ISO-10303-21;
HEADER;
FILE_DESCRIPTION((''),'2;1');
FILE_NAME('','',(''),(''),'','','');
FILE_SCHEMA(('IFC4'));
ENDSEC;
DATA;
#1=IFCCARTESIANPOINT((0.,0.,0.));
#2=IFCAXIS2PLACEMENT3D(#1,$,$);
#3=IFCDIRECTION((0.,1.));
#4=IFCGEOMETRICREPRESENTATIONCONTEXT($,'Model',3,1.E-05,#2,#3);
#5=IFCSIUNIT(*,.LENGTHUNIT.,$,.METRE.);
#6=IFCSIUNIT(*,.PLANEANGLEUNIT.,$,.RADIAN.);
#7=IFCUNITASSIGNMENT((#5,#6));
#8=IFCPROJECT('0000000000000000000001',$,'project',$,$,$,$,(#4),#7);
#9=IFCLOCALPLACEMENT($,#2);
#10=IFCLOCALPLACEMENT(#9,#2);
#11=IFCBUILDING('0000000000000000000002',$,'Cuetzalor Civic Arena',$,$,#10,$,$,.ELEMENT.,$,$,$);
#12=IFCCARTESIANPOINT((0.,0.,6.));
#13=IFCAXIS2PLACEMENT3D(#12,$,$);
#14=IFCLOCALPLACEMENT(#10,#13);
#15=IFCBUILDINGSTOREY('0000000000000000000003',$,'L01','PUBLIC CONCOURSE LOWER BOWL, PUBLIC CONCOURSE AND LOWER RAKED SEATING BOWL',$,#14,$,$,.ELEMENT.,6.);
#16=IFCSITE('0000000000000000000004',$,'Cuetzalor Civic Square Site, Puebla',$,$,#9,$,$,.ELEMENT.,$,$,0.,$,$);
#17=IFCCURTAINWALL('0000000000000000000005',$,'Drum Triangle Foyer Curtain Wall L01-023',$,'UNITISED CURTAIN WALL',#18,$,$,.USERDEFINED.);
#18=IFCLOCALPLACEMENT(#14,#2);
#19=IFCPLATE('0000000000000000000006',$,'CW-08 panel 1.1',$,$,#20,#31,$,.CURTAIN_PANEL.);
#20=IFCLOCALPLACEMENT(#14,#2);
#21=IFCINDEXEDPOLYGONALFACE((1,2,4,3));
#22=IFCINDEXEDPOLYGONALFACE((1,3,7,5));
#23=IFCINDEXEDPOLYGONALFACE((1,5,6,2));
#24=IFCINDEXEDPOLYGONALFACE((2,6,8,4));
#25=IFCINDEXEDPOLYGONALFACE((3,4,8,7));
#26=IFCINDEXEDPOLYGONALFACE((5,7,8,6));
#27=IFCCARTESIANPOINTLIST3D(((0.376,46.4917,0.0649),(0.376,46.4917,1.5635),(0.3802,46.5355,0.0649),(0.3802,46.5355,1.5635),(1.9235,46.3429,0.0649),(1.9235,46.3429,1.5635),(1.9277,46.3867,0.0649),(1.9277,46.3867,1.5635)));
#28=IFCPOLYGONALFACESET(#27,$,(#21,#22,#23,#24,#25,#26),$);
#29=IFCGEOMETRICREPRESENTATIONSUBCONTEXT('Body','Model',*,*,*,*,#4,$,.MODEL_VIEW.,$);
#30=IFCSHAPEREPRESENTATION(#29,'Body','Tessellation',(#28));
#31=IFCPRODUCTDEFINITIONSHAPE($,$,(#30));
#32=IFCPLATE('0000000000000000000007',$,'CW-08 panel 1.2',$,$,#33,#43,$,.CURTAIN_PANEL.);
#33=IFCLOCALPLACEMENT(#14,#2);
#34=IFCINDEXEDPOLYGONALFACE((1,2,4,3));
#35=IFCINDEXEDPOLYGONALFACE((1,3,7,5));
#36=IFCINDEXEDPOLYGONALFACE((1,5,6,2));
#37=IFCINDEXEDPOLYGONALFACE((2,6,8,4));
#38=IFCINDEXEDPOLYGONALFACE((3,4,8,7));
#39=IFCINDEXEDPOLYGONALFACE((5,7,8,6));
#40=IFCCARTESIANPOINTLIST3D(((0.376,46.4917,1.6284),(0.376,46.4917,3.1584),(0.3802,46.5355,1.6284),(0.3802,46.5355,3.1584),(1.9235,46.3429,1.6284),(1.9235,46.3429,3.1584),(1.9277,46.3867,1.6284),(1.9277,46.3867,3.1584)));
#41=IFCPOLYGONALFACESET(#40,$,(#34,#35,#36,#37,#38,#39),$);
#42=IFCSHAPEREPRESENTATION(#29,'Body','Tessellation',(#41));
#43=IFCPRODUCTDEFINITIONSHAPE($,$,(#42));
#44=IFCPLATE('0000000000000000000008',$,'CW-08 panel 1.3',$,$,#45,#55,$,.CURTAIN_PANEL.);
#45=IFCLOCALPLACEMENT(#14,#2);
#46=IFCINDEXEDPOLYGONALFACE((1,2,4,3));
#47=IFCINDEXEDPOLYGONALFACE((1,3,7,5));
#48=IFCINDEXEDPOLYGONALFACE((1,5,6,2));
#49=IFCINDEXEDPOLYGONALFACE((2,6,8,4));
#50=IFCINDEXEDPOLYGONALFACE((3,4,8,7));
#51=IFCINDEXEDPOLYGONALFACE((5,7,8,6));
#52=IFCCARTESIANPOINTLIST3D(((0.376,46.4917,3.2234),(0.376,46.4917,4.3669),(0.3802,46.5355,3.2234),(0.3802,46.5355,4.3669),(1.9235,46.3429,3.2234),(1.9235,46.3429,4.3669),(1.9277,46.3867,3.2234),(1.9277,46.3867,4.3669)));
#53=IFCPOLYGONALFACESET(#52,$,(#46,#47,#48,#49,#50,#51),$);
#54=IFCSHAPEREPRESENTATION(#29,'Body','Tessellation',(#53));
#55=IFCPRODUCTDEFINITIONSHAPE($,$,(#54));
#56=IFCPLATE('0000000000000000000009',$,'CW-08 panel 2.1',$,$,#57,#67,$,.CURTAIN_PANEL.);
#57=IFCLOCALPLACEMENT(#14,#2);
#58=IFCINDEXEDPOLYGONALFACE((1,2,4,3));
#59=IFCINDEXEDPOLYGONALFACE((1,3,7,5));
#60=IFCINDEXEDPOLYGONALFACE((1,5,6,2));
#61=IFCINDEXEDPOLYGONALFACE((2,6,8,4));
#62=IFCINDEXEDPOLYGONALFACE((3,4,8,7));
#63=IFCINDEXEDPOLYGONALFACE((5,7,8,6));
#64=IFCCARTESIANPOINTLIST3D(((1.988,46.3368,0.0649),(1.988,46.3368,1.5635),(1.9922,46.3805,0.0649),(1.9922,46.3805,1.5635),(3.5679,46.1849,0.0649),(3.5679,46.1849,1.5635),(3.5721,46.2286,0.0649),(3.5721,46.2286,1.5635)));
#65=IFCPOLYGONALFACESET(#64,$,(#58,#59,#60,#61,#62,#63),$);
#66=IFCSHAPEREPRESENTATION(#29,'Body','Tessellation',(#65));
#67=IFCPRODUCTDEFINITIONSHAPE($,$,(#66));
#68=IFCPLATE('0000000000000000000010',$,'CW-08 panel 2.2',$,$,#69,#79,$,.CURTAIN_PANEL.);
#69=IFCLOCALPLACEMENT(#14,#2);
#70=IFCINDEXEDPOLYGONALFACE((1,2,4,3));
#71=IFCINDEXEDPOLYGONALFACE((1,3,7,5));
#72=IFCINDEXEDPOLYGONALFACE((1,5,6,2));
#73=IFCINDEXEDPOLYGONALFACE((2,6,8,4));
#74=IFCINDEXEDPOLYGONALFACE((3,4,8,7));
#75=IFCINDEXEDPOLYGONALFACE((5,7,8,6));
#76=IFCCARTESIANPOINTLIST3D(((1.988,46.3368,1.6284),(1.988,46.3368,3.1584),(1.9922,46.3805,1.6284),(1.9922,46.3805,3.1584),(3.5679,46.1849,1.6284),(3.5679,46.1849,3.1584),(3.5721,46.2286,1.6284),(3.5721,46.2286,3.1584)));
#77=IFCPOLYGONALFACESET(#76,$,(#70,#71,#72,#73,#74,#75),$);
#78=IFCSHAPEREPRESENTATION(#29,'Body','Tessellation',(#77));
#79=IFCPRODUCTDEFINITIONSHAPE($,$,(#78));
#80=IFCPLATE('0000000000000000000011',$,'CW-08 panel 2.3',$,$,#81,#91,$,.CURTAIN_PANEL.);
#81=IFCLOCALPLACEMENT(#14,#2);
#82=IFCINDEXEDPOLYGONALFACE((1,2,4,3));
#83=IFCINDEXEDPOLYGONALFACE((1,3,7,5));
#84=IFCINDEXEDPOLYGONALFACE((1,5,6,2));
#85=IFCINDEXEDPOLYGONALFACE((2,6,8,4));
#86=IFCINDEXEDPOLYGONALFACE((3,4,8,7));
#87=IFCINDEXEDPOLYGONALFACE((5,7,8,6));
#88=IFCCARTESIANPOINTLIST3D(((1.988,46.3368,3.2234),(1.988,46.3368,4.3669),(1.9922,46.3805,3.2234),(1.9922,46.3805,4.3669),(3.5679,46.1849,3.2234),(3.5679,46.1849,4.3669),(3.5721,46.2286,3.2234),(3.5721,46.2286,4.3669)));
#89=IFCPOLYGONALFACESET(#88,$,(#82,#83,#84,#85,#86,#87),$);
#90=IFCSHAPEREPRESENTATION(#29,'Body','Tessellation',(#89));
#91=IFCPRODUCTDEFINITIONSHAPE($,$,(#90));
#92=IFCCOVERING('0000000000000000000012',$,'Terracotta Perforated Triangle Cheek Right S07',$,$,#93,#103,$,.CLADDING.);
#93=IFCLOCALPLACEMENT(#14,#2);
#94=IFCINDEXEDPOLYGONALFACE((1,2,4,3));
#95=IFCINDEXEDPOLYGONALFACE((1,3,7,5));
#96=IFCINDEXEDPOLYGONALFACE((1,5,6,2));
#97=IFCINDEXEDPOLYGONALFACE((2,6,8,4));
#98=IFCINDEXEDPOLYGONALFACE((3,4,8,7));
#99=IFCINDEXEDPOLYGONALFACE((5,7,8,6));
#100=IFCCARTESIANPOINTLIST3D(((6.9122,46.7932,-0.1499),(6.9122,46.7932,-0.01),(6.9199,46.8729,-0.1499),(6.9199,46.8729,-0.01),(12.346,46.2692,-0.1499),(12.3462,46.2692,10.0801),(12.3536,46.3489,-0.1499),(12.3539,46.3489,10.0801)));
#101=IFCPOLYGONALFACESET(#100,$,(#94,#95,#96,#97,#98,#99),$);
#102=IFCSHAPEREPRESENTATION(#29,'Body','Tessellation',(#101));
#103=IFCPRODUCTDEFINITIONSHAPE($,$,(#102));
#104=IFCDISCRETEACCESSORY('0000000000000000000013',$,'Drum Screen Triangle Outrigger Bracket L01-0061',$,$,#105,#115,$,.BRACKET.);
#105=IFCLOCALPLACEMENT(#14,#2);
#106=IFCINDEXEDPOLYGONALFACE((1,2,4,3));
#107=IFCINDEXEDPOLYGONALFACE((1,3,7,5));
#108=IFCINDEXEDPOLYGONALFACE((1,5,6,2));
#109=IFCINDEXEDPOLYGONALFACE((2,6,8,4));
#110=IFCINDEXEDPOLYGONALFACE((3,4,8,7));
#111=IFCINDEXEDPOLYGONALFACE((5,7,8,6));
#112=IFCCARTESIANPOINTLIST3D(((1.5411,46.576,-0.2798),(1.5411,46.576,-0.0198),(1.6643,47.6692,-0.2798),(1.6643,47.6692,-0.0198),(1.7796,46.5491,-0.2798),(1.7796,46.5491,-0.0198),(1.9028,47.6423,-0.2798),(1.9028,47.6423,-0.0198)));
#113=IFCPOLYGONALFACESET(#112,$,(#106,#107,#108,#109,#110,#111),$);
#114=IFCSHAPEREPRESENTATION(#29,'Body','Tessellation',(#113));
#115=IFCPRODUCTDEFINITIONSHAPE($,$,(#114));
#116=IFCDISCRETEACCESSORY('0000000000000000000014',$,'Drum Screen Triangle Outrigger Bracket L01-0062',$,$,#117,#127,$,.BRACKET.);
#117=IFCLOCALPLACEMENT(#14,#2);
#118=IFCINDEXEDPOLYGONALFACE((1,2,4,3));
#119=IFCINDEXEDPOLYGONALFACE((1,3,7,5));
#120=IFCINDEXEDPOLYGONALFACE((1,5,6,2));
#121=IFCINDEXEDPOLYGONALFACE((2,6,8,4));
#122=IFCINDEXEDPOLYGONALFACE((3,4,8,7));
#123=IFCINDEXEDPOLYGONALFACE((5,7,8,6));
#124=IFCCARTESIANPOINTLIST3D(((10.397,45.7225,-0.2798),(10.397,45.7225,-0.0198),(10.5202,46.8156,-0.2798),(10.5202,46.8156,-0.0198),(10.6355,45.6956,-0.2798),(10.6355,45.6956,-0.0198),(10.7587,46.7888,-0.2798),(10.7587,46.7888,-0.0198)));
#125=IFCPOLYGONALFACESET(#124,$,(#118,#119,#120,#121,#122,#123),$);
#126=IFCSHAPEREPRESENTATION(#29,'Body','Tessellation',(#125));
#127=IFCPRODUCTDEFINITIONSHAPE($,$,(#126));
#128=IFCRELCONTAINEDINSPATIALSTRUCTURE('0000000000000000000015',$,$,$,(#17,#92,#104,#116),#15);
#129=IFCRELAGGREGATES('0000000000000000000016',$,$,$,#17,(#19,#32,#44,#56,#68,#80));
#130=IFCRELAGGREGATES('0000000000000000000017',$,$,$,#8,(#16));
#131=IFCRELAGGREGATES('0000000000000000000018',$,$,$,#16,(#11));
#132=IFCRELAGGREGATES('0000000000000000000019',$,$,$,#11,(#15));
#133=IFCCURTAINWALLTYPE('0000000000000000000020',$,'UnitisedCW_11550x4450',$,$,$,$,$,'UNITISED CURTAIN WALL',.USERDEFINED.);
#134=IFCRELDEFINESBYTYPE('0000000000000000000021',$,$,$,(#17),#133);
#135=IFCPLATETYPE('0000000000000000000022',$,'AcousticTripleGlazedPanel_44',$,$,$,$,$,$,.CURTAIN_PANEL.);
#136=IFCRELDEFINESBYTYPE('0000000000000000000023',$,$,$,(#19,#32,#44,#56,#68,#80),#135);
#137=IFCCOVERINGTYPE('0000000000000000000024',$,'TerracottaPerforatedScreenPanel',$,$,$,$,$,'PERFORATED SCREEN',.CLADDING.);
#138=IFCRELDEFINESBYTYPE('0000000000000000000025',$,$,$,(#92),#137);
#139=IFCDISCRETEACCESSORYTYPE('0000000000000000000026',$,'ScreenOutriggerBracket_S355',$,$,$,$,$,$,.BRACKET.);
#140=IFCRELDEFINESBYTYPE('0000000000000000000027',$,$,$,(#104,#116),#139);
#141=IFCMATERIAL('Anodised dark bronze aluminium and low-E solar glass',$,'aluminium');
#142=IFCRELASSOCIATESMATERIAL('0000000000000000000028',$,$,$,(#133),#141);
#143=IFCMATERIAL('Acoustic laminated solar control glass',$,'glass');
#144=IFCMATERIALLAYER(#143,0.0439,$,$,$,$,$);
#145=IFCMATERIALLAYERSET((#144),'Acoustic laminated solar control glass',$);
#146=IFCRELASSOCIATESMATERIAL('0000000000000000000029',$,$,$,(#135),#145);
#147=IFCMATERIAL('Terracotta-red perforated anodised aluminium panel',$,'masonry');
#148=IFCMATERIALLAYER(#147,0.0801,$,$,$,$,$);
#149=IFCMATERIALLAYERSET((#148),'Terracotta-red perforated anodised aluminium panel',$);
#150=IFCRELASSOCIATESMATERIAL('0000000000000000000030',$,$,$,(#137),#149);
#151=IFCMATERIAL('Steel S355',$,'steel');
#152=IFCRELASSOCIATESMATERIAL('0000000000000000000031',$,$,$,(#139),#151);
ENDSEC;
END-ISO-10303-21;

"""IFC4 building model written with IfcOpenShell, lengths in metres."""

from ifc_helpers import new_model, si_unit, direction, frame, origin, origin_2d, place, context, subcontext, project, spatial, polyline, rectangle, outline, extrude, material, layer, layer_set, type_object, element, aggregate, save


model = new_model("IFC4")

# Units and contexts
model_context = context("Model", 3, precision=1e-05, world=origin(), true_north=direction((0.0, 1.0)))
body_context = subcontext(model_context, "Body", "Model", "MODEL_VIEW")
ifc_project = project(units=[si_unit("LENGTHUNIT", "METRE"), si_unit("PLANEANGLEUNIT", "RADIAN")], contexts=[model_context])

# Site, building, storey
site_placement = place(None, origin())
site = spatial("IfcSite", under=ifc_project, at=site_placement, Name="Cuetzalor Civic Square Site, Puebla", CompositionType="ELEMENT", RefElevation=0.0)
building_placement = place(site_placement, origin())
building = spatial("IfcBuilding", under=site, at=building_placement, Name="Cuetzalor Civic Arena", CompositionType="ELEMENT")
storey_placement = place(building_placement, frame((0.0, 0.0, 6.0)))
storey = spatial("IfcBuildingStorey", under=building, at=storey_placement, Name="L01", Description="PUBLIC CONCOURSE LOWER BOWL, PUBLIC CONCOURSE AND LOWER RAKED SEATING BOWL", CompositionType="ELEMENT", Elevation=6.0)

# Curtain wall, plates
ifc_material_1 = material(Name="Anodised dark bronze aluminium and low-E solar glass", Category="aluminium")
curtain_wall_type = type_object("IfcCurtainWallType", Name="UnitisedCW_11550x4450", ElementType="UNITISED CURTAIN WALL", PredefinedType="USERDEFINED", material=ifc_material_1)
curtain_wall_placement = place(storey_placement, origin())
curtain_wall = element("IfcCurtainWall", 1, at=curtain_wall_placement, inside=storey, type_object=curtain_wall_type, Name="Drum Triangle Foyer Curtain Wall L01-023", ObjectType="UNITISED CURTAIN WALL", PredefinedType="USERDEFINED")
ifc_material_2 = material(Name="Acoustic laminated solar control glass", Category="glass")
ifc_layer_1 = layer(ifc_material_2, 0.0439)
ifc_layer_set_1 = layer_set([ifc_layer_1], Name="Acoustic laminated solar control glass")
plate_type = type_object("IfcPlateType", Name="AcousticTripleGlazedPanel_44", PredefinedType="CURTAIN_PANEL", material=ifc_layer_set_1)
plate_1_placement = place(storey_placement, frame((1.1519, 46.4392, 0.0649), z_axis=(0.0, 0.0, 1.0), x_axis=(0.995409, -0.095711, 0.0)))
plate_1 = element("IfcPlate", 2, at=plate_1_placement, type_object=plate_type, Name="CW-08 panel 1.1", PredefinedType="CURTAIN_PANEL", context=body_context, shape_type="SweptSolid", body=[
    extrude(rectangle(XDim=1.5547, YDim=0.0439, at=origin_2d()), origin(), (0.0, 0.0, 1.0), 1.4985),
])
plate_2_placement = place(storey_placement, frame((1.1519, 46.4392, 1.6284), z_axis=(0.0, 0.0, 1.0), x_axis=(0.995409, -0.095711, 0.0)))
plate_2 = element("IfcPlate", 3, at=plate_2_placement, type_object=plate_type, Name="CW-08 panel 1.2", PredefinedType="CURTAIN_PANEL", context=body_context, shape_type="SweptSolid", body=[
    extrude(rectangle(XDim=1.5547, YDim=0.0439, at=origin_2d()), origin(), (0.0, 0.0, 1.0), 1.53),
])
plate_3_placement = place(storey_placement, frame((1.1519, 46.4392, 3.2234), z_axis=(0.0, 0.0, 1.0), x_axis=(0.995409, -0.095711, 0.0)))
plate_3 = element("IfcPlate", 4, at=plate_3_placement, type_object=plate_type, Name="CW-08 panel 1.3", PredefinedType="CURTAIN_PANEL", context=body_context, shape_type="SweptSolid", body=[
    extrude(rectangle(XDim=1.5547, YDim=0.0439, at=origin_2d()), origin(), (0.0, 0.0, 1.0), 1.1436),
])
plate_4_placement = place(storey_placement, frame((2.78, 46.2827, 0.0649), z_axis=(0.0, 0.0, 1.0), x_axis=(0.995409, -0.095711, 0.0)))
plate_4 = element("IfcPlate", 5, at=plate_4_placement, type_object=plate_type, Name="CW-08 panel 2.1", PredefinedType="CURTAIN_PANEL", context=body_context, shape_type="SweptSolid", body=[
    extrude(rectangle(XDim=1.5872, YDim=0.0439, at=origin_2d()), origin(), (0.0, 0.0, 1.0), 1.4985),
])
plate_5_placement = place(storey_placement, frame((2.78, 46.2827, 1.6284), z_axis=(0.0, 0.0, 1.0), x_axis=(0.995409, -0.095711, 0.0)))
plate_5 = element("IfcPlate", 6, at=plate_5_placement, type_object=plate_type, Name="CW-08 panel 2.2", PredefinedType="CURTAIN_PANEL", context=body_context, shape_type="SweptSolid", body=[
    extrude(rectangle(XDim=1.5872, YDim=0.0439, at=origin_2d()), origin(), (0.0, 0.0, 1.0), 1.53),
])
plate_6_placement = place(storey_placement, frame((2.78, 46.2827, 3.2234), z_axis=(0.0, 0.0, 1.0), x_axis=(0.995409, -0.095711, 0.0)))
plate_6 = element("IfcPlate", 7, at=plate_6_placement, type_object=plate_type, Name="CW-08 panel 2.3", PredefinedType="CURTAIN_PANEL", context=body_context, shape_type="SweptSolid", body=[
    extrude(rectangle(XDim=1.5872, YDim=0.0439, at=origin_2d()), origin(), (0.0, 0.0, 1.0), 1.1436),
])
aggregate(curtain_wall, [plate_1, plate_2, plate_3, plate_4, plate_5, plate_6])

# Covering
ifc_material_3 = material(Name="Terracotta-red perforated anodised aluminium panel", Category="masonry")
ifc_layer_2 = layer(ifc_material_3, 0.0801)
ifc_layer_set_2 = layer_set([ifc_layer_2], Name="Terracotta-red perforated anodised aluminium panel")
covering_type = type_object("IfcCoveringType", Name="TerracottaPerforatedScreenPanel", ElementType="PERFORATED SCREEN", PredefinedType="CLADDING", material=ifc_layer_set_2)
covering_placement = place(storey_placement, frame((6.916, 46.833, -0.1499), z_axis=(0.0, 0.0, 1.0), x_axis=(0.995384, -0.095974, 0.0)))
element("IfcCovering", 8, at=covering_placement, inside=storey, type_object=covering_type, Name="Terracotta Perforated Triangle Cheek Right S07", PredefinedType="CLADDING", context=body_context, shape_type="SweptSolid", body=[
    extrude(outline(polyline([(0.0, 0.0), (5.459, 0.0), (5.4592, 10.23), (0.0, 0.1399), (0.0, 0.0)])), frame((0.0, 0.04, 0.0), z_axis=(0.0, -1.0, 0.0), x_axis=(1.0, 0.0, 0.0)), (0.0, 0.0, 1.0), 0.0801),
])

# Discrete accessories
ifc_material_4 = material(Name="Steel S355", Category="steel")
discrete_accessory_type = type_object("IfcDiscreteAccessoryType", Name="ScreenOutriggerBracket_S355", PredefinedType="BRACKET", material=ifc_material_4)
for number, where, z_axis, x_axis, name in (
    (9, (1.7219, 47.1091, -0.2798), (0.0, 0.0, 1.0), (0.111989, 0.993709, 0.0), "Drum Screen Triangle Outrigger Bracket L01-0061"),
    (10, (10.5779, 46.2556, -0.2798), (0.0, 0.0, 1.0), (0.111989, 0.993709, 0.0), "Drum Screen Triangle Outrigger Bracket L01-0062"),
):
    element("IfcDiscreteAccessory", number, at=place(storey_placement, frame(where, z_axis=z_axis, x_axis=x_axis)), inside=storey, type_object=discrete_accessory_type, Name=name, PredefinedType="BRACKET", context=body_context, shape_type="SweptSolid", body=[
        extrude(rectangle(XDim=1.1001, YDim=0.24, at=origin_2d()), origin(), (0.0, 0.0, 1.0), 0.26),
    ])

save(model, "model.ifc")
